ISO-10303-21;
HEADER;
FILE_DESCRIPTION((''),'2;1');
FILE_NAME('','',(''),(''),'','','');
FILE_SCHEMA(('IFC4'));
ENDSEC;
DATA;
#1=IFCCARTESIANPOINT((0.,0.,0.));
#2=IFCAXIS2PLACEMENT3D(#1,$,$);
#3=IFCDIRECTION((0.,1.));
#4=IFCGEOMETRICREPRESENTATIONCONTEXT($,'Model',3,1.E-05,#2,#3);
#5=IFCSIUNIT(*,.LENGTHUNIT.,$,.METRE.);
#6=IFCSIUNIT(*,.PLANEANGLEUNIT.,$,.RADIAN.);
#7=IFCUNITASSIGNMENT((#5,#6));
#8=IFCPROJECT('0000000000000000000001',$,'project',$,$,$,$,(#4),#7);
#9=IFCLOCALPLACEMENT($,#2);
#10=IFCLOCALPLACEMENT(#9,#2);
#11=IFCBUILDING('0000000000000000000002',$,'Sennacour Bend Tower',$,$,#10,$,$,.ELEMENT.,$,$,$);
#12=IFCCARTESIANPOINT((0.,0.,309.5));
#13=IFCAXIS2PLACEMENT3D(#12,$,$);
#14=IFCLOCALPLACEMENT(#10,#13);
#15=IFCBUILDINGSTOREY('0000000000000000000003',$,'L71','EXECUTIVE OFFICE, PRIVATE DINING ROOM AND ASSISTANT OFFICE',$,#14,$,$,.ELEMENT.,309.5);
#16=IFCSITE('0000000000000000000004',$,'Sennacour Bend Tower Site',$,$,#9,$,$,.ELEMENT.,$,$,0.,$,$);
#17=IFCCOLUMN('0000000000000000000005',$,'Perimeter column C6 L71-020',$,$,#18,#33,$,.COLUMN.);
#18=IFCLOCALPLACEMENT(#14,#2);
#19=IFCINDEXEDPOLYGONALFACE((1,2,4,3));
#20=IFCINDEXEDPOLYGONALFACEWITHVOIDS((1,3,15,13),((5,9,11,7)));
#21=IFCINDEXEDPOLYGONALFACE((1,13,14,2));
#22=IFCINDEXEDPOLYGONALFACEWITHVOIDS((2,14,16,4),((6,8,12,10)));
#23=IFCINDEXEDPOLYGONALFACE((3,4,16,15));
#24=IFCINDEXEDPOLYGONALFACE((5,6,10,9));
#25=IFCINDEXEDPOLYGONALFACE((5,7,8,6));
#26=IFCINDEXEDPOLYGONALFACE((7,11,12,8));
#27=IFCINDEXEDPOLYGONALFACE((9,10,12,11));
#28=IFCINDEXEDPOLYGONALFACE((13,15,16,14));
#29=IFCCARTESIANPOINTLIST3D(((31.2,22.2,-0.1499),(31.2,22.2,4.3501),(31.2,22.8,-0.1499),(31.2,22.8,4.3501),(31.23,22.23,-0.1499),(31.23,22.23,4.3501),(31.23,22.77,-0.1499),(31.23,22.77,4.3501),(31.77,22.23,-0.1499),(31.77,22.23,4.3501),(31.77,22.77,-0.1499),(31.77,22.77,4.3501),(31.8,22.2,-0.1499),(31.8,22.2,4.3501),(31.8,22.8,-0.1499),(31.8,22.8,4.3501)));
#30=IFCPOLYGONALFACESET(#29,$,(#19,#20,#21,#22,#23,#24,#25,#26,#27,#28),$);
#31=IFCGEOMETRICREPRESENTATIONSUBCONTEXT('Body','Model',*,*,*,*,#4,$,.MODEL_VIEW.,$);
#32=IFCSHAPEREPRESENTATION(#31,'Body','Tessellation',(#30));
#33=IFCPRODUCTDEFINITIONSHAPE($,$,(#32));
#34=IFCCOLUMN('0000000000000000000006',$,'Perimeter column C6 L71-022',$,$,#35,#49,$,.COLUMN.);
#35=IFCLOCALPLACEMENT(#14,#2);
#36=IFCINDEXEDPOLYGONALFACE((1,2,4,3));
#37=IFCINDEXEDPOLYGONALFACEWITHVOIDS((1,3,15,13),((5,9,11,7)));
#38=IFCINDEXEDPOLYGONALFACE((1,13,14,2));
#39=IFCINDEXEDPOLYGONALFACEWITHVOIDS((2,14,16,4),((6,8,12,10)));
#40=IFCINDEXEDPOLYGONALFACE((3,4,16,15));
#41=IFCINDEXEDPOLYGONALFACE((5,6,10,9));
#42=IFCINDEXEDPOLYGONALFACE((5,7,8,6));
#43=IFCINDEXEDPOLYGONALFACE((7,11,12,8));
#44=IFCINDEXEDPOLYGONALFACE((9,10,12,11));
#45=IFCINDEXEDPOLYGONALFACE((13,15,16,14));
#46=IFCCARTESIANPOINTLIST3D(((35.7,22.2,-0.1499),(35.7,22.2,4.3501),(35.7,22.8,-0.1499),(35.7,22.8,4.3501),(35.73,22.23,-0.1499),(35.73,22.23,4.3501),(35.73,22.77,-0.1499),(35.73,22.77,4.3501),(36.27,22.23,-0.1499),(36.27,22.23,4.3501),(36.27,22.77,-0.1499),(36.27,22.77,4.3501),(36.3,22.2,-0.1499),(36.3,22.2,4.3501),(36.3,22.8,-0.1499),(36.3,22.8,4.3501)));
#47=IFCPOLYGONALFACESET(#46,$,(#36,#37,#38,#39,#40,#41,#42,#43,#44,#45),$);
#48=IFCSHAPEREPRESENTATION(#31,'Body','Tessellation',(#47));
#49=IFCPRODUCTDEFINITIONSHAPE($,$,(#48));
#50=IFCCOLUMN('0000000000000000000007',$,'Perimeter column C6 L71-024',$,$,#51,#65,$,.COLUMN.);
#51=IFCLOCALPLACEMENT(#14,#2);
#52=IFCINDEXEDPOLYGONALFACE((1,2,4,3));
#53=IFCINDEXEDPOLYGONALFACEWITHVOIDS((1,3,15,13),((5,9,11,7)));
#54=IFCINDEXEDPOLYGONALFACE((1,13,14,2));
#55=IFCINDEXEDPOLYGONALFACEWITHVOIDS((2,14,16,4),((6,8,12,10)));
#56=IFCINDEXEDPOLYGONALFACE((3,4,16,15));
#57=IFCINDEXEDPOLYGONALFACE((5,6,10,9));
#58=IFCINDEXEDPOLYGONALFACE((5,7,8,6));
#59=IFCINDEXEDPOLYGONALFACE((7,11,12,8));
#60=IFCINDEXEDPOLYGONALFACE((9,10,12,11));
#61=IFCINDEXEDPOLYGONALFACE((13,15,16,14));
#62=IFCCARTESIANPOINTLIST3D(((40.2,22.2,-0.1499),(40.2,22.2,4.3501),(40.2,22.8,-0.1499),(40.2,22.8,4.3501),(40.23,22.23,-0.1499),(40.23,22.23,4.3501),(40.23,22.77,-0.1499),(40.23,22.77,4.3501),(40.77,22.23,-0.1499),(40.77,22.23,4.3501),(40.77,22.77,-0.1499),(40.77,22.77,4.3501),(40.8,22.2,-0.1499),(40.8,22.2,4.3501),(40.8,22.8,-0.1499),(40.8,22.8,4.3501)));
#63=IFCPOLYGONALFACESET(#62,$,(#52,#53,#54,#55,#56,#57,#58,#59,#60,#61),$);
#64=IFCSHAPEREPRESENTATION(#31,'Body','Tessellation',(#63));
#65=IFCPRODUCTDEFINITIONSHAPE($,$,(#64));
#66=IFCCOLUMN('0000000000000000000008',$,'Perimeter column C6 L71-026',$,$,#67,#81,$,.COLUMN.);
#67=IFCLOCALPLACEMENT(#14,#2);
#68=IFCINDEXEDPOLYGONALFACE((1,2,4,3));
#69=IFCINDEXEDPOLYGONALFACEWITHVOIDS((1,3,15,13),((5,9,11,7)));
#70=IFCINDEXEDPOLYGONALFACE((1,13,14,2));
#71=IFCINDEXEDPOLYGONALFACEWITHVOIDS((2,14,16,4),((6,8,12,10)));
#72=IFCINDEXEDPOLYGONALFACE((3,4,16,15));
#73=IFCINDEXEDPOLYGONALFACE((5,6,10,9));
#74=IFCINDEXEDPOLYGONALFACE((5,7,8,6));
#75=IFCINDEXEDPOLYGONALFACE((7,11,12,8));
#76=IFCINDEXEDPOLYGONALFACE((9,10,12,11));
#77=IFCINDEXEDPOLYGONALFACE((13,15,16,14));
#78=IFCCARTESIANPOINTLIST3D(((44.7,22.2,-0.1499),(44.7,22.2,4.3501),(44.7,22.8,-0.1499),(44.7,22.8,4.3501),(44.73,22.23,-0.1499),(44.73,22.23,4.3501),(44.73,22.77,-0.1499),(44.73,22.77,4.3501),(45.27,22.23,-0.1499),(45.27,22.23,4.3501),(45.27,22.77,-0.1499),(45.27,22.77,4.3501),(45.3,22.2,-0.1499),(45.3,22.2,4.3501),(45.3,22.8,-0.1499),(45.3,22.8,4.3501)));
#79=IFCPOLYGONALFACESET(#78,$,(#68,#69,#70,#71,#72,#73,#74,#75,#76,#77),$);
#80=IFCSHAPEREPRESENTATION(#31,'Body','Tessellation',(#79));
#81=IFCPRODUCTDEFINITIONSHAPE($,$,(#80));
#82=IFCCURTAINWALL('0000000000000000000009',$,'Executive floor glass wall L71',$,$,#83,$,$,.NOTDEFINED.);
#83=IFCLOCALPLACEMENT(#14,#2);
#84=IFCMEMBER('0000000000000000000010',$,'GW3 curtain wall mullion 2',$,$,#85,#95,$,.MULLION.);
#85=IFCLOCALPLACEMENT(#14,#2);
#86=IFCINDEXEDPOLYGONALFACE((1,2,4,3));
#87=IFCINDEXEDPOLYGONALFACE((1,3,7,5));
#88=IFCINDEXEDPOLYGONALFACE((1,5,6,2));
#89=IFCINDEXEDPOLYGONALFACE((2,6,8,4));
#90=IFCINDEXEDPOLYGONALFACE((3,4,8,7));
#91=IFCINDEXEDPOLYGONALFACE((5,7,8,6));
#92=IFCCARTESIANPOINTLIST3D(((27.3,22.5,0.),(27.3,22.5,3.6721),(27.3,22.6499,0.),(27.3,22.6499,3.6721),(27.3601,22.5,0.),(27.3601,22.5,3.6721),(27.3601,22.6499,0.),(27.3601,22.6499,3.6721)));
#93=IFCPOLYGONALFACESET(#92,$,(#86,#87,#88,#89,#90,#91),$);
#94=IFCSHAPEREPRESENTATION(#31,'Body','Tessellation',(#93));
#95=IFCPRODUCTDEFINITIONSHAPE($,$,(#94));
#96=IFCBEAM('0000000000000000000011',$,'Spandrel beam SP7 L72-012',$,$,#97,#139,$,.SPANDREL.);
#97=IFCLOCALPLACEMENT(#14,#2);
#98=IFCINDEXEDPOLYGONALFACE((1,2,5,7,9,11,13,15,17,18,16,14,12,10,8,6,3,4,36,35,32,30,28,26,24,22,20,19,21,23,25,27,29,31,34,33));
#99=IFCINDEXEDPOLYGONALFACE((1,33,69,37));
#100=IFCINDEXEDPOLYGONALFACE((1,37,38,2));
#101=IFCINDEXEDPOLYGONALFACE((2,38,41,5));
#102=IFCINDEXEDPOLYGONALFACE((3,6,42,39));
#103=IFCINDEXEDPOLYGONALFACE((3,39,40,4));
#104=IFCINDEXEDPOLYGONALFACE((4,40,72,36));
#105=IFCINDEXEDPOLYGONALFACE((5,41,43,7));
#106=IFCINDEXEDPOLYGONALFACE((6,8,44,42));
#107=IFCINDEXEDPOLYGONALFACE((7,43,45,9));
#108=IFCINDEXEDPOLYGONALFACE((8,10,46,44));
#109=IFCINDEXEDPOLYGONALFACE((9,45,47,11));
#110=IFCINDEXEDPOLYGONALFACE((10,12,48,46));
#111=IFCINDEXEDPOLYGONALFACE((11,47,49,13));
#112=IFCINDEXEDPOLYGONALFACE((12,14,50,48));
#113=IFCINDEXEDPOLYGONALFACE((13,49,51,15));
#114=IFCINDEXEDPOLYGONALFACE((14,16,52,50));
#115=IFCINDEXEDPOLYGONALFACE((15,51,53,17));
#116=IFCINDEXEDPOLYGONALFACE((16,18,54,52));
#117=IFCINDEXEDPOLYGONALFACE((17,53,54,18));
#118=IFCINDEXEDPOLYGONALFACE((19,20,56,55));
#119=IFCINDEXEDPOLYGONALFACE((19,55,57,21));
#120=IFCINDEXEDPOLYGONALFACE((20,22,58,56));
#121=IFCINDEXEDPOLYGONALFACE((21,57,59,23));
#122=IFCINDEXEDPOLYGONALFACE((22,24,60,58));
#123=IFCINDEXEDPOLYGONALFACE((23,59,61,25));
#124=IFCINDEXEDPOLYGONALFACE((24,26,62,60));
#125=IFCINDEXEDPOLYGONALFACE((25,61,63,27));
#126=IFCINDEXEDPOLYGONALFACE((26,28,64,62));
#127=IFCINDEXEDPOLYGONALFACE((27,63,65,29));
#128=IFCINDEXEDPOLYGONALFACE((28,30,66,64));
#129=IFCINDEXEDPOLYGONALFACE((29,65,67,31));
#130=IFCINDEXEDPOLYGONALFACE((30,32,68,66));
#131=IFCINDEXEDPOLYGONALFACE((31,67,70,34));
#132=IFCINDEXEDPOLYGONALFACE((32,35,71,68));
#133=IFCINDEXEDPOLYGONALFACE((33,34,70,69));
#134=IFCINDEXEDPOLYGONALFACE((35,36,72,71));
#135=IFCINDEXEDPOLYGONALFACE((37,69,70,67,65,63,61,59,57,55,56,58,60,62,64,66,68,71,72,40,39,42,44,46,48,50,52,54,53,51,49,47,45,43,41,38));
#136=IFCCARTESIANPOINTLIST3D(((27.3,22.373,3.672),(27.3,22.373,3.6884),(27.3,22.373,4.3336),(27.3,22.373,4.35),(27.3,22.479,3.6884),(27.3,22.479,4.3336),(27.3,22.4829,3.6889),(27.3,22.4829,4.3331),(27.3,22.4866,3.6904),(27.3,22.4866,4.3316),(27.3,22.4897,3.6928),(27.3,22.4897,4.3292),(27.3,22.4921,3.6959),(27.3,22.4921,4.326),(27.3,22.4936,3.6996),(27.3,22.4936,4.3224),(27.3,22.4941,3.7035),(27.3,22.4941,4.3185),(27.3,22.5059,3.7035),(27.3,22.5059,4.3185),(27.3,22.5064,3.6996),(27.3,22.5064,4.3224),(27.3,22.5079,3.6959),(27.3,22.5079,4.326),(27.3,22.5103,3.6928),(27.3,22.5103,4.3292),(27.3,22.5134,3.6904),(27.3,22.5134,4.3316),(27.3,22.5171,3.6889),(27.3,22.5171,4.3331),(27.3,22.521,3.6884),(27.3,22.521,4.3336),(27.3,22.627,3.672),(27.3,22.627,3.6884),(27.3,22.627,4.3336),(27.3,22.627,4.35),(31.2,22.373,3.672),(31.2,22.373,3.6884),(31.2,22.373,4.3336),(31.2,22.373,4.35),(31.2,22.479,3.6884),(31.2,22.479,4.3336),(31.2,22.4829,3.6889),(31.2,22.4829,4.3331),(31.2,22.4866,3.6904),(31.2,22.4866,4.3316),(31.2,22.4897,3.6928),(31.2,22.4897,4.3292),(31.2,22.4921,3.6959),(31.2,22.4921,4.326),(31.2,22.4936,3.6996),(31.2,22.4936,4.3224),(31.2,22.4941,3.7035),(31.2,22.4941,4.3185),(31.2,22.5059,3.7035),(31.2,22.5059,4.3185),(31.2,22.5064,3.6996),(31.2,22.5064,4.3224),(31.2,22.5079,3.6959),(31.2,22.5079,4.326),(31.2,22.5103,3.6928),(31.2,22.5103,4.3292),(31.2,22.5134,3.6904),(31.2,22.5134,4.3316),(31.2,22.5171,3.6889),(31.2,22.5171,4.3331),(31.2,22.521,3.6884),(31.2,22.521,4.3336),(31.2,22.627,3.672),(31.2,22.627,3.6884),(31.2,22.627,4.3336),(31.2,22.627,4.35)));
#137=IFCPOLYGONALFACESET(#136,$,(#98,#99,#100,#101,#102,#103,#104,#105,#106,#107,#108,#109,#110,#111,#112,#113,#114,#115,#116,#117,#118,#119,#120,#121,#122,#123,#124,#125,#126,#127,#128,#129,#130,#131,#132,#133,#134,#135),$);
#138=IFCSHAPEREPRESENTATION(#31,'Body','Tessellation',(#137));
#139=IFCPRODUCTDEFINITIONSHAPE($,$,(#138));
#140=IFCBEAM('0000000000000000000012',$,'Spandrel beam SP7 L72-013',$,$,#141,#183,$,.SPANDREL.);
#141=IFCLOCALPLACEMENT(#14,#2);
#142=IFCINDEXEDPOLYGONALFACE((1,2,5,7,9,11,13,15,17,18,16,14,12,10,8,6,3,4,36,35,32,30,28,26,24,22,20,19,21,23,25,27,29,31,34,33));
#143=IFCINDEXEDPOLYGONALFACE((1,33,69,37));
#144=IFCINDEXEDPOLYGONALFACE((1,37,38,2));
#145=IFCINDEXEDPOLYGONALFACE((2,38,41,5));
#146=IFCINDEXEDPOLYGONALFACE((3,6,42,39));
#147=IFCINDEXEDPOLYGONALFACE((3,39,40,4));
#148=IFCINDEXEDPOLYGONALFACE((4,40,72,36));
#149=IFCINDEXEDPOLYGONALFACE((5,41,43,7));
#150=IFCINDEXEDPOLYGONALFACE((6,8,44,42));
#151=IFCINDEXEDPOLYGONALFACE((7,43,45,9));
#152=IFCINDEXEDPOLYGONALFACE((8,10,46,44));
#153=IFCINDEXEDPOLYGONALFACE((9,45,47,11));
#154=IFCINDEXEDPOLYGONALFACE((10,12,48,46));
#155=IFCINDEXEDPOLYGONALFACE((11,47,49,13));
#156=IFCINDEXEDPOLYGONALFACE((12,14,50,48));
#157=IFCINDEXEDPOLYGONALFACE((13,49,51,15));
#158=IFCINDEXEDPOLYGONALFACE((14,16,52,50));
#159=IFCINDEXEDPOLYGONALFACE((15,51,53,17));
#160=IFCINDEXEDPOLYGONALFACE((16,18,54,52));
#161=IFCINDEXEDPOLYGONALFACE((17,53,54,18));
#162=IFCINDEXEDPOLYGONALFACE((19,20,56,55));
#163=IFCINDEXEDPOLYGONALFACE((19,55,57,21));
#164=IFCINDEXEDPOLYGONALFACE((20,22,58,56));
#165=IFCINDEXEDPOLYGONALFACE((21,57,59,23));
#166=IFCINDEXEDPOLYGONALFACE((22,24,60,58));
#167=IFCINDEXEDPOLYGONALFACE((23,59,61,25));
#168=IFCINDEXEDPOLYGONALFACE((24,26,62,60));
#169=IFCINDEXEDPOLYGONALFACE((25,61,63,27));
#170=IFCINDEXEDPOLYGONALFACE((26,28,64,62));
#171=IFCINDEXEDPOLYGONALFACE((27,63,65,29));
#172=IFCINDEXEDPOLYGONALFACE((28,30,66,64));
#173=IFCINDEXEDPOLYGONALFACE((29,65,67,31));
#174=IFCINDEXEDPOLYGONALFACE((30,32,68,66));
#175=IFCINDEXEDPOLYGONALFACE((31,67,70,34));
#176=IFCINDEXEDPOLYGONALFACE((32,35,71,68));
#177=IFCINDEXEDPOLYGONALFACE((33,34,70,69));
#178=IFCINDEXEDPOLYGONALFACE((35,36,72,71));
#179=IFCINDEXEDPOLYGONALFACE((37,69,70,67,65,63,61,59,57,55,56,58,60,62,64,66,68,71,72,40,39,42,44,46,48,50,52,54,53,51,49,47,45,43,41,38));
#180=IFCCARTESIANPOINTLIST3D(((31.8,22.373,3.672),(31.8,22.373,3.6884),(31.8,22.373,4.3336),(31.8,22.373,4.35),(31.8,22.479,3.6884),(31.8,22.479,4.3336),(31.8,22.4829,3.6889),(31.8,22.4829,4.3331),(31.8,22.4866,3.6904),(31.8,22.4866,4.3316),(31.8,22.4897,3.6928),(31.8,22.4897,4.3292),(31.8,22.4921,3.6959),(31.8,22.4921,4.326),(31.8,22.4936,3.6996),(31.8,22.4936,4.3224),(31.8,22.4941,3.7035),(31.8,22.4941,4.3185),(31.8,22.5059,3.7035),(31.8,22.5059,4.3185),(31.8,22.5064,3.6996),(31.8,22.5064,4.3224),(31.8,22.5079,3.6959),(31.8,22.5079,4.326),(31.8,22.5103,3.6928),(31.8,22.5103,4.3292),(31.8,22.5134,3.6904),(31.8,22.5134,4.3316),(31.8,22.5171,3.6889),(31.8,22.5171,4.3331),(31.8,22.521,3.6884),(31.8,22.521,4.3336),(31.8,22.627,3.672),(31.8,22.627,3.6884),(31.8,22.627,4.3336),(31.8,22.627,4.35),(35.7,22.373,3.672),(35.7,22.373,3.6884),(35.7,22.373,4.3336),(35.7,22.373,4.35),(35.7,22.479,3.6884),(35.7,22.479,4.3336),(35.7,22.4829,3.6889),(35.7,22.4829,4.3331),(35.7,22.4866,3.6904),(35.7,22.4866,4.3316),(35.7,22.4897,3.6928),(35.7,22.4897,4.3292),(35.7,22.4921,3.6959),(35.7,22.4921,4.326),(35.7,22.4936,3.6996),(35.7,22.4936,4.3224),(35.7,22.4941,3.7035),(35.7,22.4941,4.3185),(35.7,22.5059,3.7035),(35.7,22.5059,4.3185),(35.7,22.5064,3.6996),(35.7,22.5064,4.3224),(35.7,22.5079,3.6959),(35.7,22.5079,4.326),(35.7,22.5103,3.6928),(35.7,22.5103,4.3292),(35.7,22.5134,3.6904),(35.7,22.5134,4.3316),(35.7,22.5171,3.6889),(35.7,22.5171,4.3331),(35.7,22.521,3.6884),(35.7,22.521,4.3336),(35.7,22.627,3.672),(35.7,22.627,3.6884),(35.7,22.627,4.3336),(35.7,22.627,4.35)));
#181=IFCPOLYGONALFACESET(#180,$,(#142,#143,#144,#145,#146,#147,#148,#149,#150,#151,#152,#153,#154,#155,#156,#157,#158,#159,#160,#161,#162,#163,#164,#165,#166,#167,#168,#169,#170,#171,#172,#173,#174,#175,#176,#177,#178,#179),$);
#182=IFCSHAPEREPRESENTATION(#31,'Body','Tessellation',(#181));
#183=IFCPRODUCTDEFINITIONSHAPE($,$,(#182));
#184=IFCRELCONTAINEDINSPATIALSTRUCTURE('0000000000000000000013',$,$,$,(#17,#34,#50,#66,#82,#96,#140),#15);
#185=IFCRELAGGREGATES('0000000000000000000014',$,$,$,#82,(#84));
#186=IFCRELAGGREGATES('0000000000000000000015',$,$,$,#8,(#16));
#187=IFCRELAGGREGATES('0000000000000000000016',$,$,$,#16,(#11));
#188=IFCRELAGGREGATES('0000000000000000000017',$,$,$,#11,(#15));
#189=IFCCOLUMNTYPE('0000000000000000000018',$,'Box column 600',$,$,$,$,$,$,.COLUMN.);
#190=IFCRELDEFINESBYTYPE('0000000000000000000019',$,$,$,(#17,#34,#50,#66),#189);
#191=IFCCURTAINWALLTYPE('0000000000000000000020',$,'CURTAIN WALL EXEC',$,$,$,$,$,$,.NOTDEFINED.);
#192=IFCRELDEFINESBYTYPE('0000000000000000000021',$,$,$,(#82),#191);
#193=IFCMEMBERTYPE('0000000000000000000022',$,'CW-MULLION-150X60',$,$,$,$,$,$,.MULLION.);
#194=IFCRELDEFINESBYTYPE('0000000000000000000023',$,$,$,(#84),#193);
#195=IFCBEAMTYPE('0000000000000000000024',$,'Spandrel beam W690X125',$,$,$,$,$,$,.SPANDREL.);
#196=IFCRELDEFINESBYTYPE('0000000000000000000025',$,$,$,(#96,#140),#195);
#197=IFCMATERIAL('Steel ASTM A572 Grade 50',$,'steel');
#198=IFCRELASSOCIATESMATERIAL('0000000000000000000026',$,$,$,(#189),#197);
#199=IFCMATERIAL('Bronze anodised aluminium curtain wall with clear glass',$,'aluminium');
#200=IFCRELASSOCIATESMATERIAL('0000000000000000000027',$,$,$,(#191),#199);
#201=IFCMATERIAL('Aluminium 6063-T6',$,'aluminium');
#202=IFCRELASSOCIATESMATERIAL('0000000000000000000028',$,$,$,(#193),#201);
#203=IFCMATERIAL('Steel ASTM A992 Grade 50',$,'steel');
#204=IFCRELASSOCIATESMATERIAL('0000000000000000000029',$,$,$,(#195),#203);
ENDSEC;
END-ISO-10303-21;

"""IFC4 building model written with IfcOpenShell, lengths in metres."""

from ifc_helpers import new_model, si_unit, direction, frame, origin, origin_2d, place, context, subcontext, project, spatial, rectangle, hollow_rectangle, i_section, extrude, material, material_profile, profile_set, type_object, element, aggregate, save


model = new_model("IFC4")

# Units and contexts
model_context = context("Model", 3, precision=1e-05, world=origin(), true_north=direction((0.0, 1.0)))
body_context = subcontext(model_context, "Body", "Model", "MODEL_VIEW")
ifc_project = project(units=[si_unit("LENGTHUNIT", "METRE"), si_unit("PLANEANGLEUNIT", "RADIAN")], contexts=[model_context])

# Site, building, storey
site_placement = place(None, origin())
site = spatial("IfcSite", under=ifc_project, at=site_placement, Name="Sennacour Bend Tower Site", CompositionType="ELEMENT", RefElevation=0.0)
building_placement = place(site_placement, origin())
building = spatial("IfcBuilding", under=site, at=building_placement, Name="Sennacour Bend Tower", CompositionType="ELEMENT")
storey_placement = place(building_placement, frame((0.0, 0.0, 309.5)))
storey = spatial("IfcBuildingStorey", under=building, at=storey_placement, Name="L71", Description="EXECUTIVE OFFICE, PRIVATE DINING ROOM AND ASSISTANT OFFICE", CompositionType="ELEMENT", Elevation=309.5)

# Columns
ifc_material_1 = material(Name="Steel ASTM A572 Grade 50", Category="steel")
ifc_material_profile_1 = material_profile(ifc_material_1, hollow_rectangle(XDim=0.6001, YDim=0.6001, WallThickness=0.03, at=origin_2d()), Name="Steel ASTM A572 Grade 50", Category="steel")
ifc_profile_set_1 = profile_set([ifc_material_profile_1], Name="Steel ASTM A572 Grade 50")
column_type = type_object("IfcColumnType", Name="Box column 600", PredefinedType="COLUMN", material=ifc_profile_set_1)
for number, where, z_axis, x_axis, name in (
    (1, (31.5, 22.5, -0.1499), (0.0, 0.0, 1.0), (1.0, 0.0, 0.0), "Perimeter column C6 L71-020"),
    (2, (36.0, 22.5, -0.1499), (0.0, 0.0, 1.0), (1.0, 0.0, 0.0), "Perimeter column C6 L71-022"),
    (3, (40.5, 22.5, -0.1499), (0.0, 0.0, 1.0), (1.0, 0.0, 0.0), "Perimeter column C6 L71-024"),
    (4, (45.0, 22.5, -0.1499), (0.0, 0.0, 1.0), (1.0, 0.0, 0.0), "Perimeter column C6 L71-026"),
):
    element("IfcColumn", number, at=place(storey_placement, frame(where, z_axis=z_axis, x_axis=x_axis)), inside=storey, type_object=column_type, Name=name, PredefinedType="COLUMN", context=body_context, shape_type="SweptSolid", body=[
        extrude(hollow_rectangle(XDim=0.6001, YDim=0.6001, WallThickness=0.03, at=origin_2d()), origin(), (0.0, 0.0, 1.0), 4.5),
    ])

# Curtain wall, member
ifc_material_2 = material(Name="Bronze anodised aluminium curtain wall with clear glass", Category="aluminium")
curtain_wall_type = type_object("IfcCurtainWallType", Name="CURTAIN WALL EXEC", PredefinedType="NOTDEFINED", material=ifc_material_2)
curtain_wall_placement = place(storey_placement, origin())
curtain_wall = element("IfcCurtainWall", 5, at=curtain_wall_placement, inside=storey, type_object=curtain_wall_type, Name="Executive floor glass wall L71", PredefinedType="NOTDEFINED")
ifc_material_3 = material(Name="Aluminium 6063-T6", Category="aluminium")
ifc_material_profile_2 = material_profile(ifc_material_3, rectangle(XDim=0.1499, YDim=0.0601, at=origin_2d()), Name="Aluminium 6063-T6", Category="aluminium")
ifc_profile_set_2 = profile_set([ifc_material_profile_2], Name="Aluminium 6063-T6")
member_type = type_object("IfcMemberType", Name="CW-MULLION-150X60", PredefinedType="MULLION", material=ifc_profile_set_2)
member_placement = place(storey_placement, frame((27.3301, 22.575, 0.0), z_axis=(0.0, 0.0, 1.0), x_axis=(0.0, -1.0, 0.0)))
member = element("IfcMember", 6, at=member_placement, type_object=member_type, Name="GW3 curtain wall mullion 2", PredefinedType="MULLION", context=body_context, shape_type="SweptSolid", body=[
    extrude(rectangle(XDim=0.1499, YDim=0.0601, at=origin_2d()), origin(), (0.0, 0.0, 1.0), 3.6721),
])

# Beams
ifc_material_4 = material(Name="Steel ASTM A992 Grade 50", Category="steel")
ifc_material_profile_3 = material_profile(ifc_material_4, i_section(OverallWidth=0.2539, OverallDepth=0.678, WebThickness=0.0117, FlangeThickness=0.0164, FilletRadius=0.0151, at=origin_2d()), Name="Steel ASTM A992 Grade 50", Category="steel")
ifc_profile_set_3 = profile_set([ifc_material_profile_3], Name="Steel ASTM A992 Grade 50")
beam_type = type_object("IfcBeamType", Name="Spandrel beam W690X125", PredefinedType="SPANDREL", material=ifc_profile_set_3)
for number, where, z_axis, x_axis, name in (
    (7, (27.3, 22.5, 4.011), (1.0, 0.0, 0.0), (0.0, 1.0, 0.0), "Spandrel beam SP7 L72-012"),
    (8, (31.8, 22.5, 4.011), (1.0, 0.0, 0.0), (0.0, 1.0, 0.0), "Spandrel beam SP7 L72-013"),
):
    element("IfcBeam", number, at=place(storey_placement, frame(where, z_axis=z_axis, x_axis=x_axis)), inside=storey, type_object=beam_type, Name=name, PredefinedType="SPANDREL", context=body_context, shape_type="SweptSolid", body=[
        extrude(i_section(OverallWidth=0.2539, OverallDepth=0.678, WebThickness=0.0117, FlangeThickness=0.0164, FilletRadius=0.0151, at=origin_2d()), origin(), (0.0, 0.0, 1.0), 3.8999),
    ])

aggregate(curtain_wall, [member])

save(model, "model.ifc")
